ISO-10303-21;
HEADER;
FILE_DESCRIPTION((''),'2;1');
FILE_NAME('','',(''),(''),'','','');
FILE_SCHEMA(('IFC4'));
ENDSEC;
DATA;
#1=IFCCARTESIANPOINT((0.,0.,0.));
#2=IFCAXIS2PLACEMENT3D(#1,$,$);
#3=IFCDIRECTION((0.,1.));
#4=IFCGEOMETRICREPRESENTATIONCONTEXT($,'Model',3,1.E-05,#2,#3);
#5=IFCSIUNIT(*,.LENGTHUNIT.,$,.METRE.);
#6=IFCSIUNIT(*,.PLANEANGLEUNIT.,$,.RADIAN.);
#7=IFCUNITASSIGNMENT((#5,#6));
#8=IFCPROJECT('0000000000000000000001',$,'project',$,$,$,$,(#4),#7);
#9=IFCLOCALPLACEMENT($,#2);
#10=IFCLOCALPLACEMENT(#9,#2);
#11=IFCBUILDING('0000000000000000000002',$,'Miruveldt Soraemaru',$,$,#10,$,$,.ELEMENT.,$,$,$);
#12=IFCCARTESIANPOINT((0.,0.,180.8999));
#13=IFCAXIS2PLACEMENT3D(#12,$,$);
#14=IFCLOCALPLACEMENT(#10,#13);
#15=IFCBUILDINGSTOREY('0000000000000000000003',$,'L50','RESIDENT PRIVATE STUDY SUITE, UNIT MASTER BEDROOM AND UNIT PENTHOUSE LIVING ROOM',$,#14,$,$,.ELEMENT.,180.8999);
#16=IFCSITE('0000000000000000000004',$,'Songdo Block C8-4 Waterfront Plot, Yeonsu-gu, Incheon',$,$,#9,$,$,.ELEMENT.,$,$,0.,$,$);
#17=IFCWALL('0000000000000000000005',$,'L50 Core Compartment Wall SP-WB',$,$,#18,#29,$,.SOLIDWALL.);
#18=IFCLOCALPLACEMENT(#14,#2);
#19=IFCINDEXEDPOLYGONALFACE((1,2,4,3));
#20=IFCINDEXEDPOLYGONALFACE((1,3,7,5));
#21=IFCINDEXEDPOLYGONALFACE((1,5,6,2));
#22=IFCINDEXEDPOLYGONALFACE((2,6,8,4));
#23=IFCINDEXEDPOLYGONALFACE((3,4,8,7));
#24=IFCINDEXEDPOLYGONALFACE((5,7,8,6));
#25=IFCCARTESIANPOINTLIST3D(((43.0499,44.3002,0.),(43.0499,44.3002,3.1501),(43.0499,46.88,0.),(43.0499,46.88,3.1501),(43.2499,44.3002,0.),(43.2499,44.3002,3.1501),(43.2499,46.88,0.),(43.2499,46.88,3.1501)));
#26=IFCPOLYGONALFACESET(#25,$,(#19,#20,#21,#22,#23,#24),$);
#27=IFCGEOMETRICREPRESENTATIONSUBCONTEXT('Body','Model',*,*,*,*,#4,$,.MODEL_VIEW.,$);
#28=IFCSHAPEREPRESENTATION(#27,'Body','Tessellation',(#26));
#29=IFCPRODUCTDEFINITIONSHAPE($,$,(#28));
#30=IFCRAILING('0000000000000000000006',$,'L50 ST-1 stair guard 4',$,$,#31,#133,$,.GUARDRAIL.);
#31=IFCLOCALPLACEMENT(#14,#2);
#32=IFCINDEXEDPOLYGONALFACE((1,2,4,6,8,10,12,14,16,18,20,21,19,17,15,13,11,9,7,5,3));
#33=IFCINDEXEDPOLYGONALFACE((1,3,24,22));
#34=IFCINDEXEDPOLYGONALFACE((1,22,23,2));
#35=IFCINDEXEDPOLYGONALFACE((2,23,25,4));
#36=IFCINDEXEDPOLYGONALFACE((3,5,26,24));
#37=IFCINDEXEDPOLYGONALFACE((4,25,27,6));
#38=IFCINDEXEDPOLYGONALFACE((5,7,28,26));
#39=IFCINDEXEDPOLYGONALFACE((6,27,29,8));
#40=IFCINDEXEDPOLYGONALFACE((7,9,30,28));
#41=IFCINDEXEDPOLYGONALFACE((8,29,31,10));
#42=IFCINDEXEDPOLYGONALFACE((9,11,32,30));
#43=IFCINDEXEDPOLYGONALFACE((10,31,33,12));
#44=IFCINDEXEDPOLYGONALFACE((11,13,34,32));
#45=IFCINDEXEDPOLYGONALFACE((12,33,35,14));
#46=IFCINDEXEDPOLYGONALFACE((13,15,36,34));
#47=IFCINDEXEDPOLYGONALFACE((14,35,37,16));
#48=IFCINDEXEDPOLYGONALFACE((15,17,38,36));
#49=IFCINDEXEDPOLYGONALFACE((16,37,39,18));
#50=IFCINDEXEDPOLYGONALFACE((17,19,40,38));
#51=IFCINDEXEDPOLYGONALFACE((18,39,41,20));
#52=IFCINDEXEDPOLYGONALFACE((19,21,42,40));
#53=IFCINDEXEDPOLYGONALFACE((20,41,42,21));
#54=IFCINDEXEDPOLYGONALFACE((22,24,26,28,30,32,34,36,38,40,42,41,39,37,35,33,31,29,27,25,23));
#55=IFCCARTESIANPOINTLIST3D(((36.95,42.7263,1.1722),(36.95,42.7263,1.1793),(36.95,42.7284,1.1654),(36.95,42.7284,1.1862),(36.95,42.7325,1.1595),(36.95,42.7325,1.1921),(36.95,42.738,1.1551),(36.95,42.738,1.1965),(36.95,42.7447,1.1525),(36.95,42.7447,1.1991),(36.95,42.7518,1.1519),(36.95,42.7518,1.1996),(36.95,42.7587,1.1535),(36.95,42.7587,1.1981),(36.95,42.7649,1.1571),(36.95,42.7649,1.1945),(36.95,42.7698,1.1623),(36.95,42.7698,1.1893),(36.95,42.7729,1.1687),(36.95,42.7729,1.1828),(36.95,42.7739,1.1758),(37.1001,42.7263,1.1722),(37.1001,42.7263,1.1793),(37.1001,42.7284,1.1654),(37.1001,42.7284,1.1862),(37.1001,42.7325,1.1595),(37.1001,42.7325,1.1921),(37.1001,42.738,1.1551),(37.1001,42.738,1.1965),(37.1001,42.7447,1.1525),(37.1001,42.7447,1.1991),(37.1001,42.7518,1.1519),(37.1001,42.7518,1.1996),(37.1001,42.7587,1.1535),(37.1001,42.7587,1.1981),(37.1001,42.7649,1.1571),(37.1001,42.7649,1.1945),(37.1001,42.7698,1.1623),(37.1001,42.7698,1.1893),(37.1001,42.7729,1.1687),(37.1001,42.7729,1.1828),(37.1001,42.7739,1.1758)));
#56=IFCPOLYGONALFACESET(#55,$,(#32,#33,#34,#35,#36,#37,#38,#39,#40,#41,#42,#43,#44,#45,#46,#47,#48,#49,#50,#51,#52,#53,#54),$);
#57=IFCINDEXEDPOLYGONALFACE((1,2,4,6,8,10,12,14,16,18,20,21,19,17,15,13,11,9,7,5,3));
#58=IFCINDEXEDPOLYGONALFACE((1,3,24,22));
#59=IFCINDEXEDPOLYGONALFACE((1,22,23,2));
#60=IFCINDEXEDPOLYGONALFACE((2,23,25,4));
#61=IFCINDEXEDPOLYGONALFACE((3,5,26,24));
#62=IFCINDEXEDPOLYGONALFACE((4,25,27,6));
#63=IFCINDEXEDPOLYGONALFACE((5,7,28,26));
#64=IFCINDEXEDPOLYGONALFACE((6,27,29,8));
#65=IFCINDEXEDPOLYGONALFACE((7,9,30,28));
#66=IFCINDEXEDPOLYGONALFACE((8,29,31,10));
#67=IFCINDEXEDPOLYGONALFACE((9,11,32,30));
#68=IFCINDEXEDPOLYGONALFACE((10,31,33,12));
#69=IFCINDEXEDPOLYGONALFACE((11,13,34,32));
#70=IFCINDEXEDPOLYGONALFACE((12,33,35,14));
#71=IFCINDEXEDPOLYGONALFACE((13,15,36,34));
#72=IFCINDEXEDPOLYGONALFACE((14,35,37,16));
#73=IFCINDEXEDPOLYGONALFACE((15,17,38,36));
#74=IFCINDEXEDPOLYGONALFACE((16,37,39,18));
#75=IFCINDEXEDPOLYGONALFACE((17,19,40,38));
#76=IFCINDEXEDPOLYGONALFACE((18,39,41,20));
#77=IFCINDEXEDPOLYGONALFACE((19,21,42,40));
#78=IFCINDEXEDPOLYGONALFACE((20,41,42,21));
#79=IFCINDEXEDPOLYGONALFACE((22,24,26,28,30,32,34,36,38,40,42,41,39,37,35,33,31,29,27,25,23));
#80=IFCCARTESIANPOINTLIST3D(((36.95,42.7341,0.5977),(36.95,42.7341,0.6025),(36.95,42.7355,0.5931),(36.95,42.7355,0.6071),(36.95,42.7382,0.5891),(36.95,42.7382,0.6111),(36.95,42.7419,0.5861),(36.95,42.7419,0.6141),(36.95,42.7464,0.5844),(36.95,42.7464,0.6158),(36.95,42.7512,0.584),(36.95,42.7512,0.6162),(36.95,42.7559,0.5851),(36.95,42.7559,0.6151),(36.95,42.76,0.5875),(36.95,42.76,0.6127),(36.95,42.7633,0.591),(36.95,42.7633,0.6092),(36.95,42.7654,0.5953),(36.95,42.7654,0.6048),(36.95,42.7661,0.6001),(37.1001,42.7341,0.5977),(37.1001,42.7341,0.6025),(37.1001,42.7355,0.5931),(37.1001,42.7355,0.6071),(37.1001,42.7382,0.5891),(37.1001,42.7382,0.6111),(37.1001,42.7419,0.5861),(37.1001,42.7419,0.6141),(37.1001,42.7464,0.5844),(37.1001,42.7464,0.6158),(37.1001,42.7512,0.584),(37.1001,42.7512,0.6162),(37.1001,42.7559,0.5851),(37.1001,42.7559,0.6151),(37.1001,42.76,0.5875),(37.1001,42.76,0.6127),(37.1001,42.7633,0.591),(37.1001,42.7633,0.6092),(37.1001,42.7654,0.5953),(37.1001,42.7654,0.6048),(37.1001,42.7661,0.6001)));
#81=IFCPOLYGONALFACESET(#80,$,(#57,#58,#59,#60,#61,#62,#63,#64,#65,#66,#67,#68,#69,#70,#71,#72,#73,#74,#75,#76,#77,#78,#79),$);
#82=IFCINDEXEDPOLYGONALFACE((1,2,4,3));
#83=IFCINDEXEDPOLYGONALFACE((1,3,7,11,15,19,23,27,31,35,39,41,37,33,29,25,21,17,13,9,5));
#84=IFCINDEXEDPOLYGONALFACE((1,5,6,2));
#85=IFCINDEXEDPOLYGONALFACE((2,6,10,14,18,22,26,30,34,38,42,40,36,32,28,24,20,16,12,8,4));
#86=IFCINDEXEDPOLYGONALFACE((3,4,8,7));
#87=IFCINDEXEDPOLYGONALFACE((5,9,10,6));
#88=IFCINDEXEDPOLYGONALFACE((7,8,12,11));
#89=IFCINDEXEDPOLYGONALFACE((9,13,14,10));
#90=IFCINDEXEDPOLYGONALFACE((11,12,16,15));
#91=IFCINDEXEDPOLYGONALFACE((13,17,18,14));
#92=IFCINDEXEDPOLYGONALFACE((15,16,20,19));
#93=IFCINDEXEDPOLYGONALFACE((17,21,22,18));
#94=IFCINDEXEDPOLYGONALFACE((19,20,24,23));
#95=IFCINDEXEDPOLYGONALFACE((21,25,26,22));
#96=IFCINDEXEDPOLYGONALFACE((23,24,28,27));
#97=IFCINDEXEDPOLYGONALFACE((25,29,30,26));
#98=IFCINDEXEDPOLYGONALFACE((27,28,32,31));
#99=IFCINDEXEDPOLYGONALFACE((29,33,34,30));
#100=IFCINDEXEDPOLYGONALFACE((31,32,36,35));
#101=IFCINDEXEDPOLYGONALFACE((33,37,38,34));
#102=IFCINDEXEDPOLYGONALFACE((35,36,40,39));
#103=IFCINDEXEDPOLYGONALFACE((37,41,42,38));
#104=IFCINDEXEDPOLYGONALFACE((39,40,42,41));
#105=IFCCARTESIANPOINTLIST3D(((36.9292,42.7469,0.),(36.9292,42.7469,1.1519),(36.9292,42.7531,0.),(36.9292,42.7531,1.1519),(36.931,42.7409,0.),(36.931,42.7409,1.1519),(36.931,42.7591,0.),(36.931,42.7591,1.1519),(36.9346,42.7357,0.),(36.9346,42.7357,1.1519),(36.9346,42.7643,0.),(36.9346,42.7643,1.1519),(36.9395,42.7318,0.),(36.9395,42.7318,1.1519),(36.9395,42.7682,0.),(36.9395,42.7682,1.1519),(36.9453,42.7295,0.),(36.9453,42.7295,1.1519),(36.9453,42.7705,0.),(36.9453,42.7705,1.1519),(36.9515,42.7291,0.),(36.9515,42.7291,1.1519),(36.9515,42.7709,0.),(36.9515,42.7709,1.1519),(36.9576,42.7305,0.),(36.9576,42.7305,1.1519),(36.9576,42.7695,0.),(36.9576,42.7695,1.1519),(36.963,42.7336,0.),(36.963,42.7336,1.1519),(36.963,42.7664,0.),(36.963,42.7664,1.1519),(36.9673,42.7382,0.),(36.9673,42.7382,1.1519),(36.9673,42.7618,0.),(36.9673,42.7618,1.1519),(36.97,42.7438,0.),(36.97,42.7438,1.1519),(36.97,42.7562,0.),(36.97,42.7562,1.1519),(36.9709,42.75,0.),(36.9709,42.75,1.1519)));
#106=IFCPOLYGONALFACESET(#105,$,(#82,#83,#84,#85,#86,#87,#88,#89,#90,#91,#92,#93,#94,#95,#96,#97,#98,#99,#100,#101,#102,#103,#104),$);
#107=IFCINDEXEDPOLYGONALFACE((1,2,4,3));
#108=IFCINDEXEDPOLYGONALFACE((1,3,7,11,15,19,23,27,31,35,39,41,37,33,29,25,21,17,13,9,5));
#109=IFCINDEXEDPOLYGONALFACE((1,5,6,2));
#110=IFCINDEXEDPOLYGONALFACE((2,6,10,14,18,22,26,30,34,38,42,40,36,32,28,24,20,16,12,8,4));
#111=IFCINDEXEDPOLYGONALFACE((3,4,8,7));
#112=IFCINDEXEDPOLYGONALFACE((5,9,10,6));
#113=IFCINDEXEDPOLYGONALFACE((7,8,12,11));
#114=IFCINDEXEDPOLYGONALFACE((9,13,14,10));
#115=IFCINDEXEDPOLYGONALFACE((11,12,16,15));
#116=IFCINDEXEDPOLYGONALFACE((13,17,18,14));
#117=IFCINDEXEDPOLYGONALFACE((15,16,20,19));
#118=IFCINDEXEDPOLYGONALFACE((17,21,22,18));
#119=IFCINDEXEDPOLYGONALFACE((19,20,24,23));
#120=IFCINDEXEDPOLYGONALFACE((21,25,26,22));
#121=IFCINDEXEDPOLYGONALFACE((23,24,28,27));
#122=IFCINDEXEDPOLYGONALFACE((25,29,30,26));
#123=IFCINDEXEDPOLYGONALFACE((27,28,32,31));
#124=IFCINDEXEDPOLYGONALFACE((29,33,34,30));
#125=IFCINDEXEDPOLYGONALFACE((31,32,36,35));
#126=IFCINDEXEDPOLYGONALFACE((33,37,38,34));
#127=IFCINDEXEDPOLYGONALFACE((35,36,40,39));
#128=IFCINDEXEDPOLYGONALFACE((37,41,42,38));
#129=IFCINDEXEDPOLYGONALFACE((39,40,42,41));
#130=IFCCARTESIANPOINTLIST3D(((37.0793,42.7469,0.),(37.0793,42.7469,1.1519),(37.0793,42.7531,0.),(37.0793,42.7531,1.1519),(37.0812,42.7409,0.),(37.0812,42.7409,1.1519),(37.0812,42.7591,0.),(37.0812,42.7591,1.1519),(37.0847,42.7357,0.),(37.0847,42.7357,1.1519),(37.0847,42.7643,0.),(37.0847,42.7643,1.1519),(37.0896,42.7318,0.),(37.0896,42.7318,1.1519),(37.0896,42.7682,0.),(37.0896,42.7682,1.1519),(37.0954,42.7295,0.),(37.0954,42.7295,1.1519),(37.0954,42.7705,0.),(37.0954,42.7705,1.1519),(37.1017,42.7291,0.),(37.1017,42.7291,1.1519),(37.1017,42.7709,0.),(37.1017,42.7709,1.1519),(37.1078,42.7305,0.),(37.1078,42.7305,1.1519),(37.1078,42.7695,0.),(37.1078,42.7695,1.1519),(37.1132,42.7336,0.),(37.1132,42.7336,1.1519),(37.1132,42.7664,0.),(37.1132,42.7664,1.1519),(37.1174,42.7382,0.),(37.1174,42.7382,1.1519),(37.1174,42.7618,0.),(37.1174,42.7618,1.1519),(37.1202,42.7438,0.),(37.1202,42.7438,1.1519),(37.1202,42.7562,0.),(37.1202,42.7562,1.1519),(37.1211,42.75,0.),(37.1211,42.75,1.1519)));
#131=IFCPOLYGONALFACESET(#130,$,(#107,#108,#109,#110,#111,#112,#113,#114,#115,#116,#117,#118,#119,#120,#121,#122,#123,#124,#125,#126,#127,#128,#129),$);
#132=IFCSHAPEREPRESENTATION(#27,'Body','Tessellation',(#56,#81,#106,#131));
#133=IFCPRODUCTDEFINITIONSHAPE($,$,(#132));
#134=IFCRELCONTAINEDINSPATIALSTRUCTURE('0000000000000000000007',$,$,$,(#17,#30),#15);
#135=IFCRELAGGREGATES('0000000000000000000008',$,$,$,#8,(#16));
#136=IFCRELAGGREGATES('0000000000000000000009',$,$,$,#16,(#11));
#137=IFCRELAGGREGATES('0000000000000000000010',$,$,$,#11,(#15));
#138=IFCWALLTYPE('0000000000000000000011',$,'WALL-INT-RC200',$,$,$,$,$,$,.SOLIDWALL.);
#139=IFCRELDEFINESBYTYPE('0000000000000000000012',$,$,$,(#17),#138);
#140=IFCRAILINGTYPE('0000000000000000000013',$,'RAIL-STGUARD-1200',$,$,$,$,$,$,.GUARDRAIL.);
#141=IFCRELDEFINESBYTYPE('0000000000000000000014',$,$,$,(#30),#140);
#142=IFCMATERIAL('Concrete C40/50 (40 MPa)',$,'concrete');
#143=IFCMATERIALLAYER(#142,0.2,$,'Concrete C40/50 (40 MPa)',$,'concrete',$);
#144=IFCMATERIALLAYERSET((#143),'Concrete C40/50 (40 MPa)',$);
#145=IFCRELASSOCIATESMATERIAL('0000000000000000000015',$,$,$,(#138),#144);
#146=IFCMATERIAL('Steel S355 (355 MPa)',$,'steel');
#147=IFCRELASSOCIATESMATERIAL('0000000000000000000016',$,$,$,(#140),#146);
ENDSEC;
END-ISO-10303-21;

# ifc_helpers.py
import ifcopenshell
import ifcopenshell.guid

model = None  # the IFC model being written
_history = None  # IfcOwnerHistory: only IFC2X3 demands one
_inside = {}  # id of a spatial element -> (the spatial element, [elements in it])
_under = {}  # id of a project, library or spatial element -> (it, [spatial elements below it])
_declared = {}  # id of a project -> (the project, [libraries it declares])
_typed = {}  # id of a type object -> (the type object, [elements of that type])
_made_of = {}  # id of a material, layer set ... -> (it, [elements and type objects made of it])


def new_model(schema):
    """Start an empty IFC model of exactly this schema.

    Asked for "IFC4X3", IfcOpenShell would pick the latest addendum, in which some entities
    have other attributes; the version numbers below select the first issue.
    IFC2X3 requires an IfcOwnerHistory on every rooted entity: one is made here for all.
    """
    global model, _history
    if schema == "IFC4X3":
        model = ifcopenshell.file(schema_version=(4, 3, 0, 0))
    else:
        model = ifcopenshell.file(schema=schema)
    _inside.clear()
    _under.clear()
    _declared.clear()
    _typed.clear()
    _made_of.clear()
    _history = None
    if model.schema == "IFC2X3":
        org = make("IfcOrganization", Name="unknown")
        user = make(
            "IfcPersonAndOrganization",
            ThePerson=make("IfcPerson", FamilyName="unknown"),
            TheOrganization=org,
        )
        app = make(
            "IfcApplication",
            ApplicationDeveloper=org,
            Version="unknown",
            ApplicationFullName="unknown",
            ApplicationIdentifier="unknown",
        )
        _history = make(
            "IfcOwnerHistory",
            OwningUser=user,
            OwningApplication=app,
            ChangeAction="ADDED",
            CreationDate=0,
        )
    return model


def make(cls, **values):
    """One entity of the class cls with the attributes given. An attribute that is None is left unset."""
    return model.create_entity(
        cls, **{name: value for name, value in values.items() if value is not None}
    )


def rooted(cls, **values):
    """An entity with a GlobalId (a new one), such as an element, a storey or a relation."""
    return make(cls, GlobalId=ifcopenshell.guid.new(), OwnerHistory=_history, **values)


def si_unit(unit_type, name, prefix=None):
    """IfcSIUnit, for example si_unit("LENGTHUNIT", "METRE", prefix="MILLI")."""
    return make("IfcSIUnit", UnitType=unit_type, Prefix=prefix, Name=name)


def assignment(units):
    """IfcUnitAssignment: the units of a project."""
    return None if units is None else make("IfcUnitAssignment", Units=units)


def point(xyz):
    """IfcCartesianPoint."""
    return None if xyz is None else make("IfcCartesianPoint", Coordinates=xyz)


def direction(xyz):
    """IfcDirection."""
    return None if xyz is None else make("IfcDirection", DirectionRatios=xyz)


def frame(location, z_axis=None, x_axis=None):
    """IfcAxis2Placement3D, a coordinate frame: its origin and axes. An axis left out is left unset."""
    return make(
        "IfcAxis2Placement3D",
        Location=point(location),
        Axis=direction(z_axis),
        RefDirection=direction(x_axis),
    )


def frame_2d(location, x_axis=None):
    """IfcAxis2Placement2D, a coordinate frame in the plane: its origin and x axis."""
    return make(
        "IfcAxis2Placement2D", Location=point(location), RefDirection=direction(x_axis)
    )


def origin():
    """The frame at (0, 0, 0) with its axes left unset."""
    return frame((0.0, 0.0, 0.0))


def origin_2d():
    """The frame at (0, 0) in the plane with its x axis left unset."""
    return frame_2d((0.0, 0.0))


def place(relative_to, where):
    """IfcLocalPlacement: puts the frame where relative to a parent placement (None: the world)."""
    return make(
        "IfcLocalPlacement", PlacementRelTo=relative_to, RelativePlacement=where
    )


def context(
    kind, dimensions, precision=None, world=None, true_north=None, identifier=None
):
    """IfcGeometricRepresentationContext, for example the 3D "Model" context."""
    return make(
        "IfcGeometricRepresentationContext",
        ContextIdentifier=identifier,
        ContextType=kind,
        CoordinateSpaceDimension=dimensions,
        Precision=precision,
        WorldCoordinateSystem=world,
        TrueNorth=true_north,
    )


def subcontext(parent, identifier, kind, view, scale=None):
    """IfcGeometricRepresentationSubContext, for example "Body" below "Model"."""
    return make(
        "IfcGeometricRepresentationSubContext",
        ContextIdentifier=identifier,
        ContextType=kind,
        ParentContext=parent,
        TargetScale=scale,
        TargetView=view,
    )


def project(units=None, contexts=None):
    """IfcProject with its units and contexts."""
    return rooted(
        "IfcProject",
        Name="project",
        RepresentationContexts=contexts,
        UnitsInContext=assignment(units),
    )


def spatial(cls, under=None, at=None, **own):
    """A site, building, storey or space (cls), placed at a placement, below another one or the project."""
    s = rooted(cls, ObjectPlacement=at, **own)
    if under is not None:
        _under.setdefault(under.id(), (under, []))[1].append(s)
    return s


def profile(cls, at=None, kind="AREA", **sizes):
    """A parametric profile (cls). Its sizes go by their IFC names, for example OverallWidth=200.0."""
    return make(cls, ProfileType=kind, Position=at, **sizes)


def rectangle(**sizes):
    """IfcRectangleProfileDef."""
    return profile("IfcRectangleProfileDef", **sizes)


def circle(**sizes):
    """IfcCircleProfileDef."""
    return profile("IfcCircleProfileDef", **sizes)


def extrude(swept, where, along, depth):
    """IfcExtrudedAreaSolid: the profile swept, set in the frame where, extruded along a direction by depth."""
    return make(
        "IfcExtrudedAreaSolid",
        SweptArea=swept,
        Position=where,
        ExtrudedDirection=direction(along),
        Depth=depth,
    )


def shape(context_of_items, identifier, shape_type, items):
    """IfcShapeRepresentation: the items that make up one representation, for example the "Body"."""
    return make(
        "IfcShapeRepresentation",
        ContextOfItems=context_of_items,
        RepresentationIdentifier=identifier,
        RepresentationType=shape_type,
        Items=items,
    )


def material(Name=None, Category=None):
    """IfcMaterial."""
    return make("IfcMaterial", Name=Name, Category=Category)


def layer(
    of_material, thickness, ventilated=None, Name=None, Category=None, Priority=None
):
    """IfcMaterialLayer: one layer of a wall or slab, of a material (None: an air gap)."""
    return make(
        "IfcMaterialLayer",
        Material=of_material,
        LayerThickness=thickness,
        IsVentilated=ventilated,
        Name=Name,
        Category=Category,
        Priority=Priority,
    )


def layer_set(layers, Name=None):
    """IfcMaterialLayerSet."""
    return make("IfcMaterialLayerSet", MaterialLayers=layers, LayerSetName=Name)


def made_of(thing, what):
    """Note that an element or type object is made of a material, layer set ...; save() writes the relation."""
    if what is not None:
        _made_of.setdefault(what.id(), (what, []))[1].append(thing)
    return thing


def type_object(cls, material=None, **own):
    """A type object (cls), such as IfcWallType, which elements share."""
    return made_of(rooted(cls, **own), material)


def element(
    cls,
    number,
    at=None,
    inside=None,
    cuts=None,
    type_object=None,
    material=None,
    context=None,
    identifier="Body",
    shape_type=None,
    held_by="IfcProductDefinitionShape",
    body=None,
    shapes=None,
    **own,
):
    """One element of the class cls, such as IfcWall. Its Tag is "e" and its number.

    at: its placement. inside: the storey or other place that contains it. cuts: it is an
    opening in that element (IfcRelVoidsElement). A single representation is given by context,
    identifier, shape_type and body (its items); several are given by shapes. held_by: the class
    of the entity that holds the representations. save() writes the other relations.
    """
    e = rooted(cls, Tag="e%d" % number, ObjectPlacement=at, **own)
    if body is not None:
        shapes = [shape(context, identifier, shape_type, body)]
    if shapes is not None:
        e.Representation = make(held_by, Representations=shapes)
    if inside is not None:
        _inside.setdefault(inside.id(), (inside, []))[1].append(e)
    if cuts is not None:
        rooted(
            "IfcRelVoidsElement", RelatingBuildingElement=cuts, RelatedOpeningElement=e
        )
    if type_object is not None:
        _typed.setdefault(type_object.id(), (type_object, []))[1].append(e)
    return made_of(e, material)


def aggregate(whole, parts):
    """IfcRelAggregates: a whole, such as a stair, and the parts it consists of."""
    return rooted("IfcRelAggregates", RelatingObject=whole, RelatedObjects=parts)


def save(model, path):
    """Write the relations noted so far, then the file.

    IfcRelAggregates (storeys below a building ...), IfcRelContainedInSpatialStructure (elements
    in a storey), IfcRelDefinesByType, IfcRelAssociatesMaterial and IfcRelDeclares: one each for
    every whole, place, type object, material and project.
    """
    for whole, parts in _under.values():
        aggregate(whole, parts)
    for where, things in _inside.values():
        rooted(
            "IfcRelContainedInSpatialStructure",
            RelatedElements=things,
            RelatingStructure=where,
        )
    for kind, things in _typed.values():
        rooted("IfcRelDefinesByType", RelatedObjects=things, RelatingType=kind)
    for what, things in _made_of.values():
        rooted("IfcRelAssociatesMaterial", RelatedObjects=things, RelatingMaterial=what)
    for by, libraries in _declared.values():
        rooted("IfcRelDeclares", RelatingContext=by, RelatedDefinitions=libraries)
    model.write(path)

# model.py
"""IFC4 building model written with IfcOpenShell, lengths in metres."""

from ifc_helpers import new_model, si_unit, direction, frame, frame_2d, origin, origin_2d, place, context, subcontext, project, spatial, rectangle, circle, extrude, material, layer, layer_set, type_object, element, save


model = new_model("IFC4")

# Units and contexts
model_context = context("Model", 3, precision=1e-05, world=origin(), true_north=direction((0.0, 1.0)))
body_context = subcontext(model_context, "Body", "Model", "MODEL_VIEW")
ifc_project = project(units=[si_unit("LENGTHUNIT", "METRE"), si_unit("PLANEANGLEUNIT", "RADIAN")], contexts=[model_context])

# Site, building, storey
site_placement = place(None, origin())
site = spatial("IfcSite", under=ifc_project, at=site_placement, Name="Songdo Block C8-4 Waterfront Plot, Yeonsu-gu, Incheon", CompositionType="ELEMENT", RefElevation=0.0)
building_placement = place(site_placement, origin())
building = spatial("IfcBuilding", under=site, at=building_placement, Name="Miruveldt Soraemaru", CompositionType="ELEMENT")
storey_placement = place(building_placement, frame((0.0, 0.0, 180.8999)))
storey = spatial("IfcBuildingStorey", under=building, at=storey_placement, Name="L50", Description="RESIDENT PRIVATE STUDY SUITE, UNIT MASTER BEDROOM AND UNIT PENTHOUSE LIVING ROOM", CompositionType="ELEMENT", Elevation=180.8999)

# Shared definitions
ifc_material_1 = material(Name="Concrete C40/50 (40 MPa)", Category="concrete")

# Shared definitions
ifc_layer_1 = layer(ifc_material_1, 0.2, Name="Concrete C40/50 (40 MPa)", Category="concrete")
ifc_layer_set_1 = layer_set([ifc_layer_1], Name="Concrete C40/50 (40 MPa)")
wall_type_1 = type_object("IfcWallType", Name="WALL-INT-RC200", PredefinedType="SOLIDWALL", material=ifc_layer_set_1)

# Wall
wall_1_placement = place(storey_placement, frame((43.1499, 44.3, 0.0), z_axis=(0.0, 0.0, 1.0), x_axis=(0.0, 1.0, 0.0)))
element("IfcWall", 1, at=wall_1_placement, inside=storey, type_object=wall_type_1, Name="L50 Core Compartment Wall SP-WB", PredefinedType="SOLIDWALL", context=body_context, shape_type="SweptSolid", body=[
    extrude(rectangle(XDim=2.5798, YDim=0.2, at=frame_2d((1.29, 0.0))), origin(), (0.0, 0.0, 1.0), 3.1501),
])

# Railing
ifc_material_2 = material(Name="Steel S355 (355 MPa)", Category="steel")
railing_type = type_object("IfcRailingType", Name="RAIL-STGUARD-1200", PredefinedType="GUARDRAIL", material=ifc_material_2)
railing_placement = place(storey_placement, frame((36.95, 42.75, 0.0)))
element("IfcRailing", 2, at=railing_placement, inside=storey, type_object=railing_type, Name="L50 ST-1 stair guard 4", PredefinedType="GUARDRAIL", context=body_context, shape_type="SweptSolid", body=[
    extrude(circle(Radius=0.0239, at=origin_2d()), frame((0.0, 0.0, 1.1758), z_axis=(1.0, 0.0, 0.0), x_axis=(0.0, 1.0, 0.0)), (0.0, 0.0, 1.0), 0.1501),
    extrude(circle(Radius=0.0161, at=origin_2d()), frame((0.0, 0.0, 0.6001), z_axis=(1.0, 0.0, 0.0), x_axis=(0.0, 1.0, 0.0)), (0.0, 0.0, 1.0), 0.1501),
    extrude(circle(Radius=0.021, at=origin_2d()), origin(), (0.0, 0.0, 1.0), 1.1519),
    extrude(circle(Radius=0.021, at=origin_2d()), frame((0.1501, 0.0, 0.0)), (0.0, 0.0, 1.0), 1.1519),
])

save(model, "model.ifc")
